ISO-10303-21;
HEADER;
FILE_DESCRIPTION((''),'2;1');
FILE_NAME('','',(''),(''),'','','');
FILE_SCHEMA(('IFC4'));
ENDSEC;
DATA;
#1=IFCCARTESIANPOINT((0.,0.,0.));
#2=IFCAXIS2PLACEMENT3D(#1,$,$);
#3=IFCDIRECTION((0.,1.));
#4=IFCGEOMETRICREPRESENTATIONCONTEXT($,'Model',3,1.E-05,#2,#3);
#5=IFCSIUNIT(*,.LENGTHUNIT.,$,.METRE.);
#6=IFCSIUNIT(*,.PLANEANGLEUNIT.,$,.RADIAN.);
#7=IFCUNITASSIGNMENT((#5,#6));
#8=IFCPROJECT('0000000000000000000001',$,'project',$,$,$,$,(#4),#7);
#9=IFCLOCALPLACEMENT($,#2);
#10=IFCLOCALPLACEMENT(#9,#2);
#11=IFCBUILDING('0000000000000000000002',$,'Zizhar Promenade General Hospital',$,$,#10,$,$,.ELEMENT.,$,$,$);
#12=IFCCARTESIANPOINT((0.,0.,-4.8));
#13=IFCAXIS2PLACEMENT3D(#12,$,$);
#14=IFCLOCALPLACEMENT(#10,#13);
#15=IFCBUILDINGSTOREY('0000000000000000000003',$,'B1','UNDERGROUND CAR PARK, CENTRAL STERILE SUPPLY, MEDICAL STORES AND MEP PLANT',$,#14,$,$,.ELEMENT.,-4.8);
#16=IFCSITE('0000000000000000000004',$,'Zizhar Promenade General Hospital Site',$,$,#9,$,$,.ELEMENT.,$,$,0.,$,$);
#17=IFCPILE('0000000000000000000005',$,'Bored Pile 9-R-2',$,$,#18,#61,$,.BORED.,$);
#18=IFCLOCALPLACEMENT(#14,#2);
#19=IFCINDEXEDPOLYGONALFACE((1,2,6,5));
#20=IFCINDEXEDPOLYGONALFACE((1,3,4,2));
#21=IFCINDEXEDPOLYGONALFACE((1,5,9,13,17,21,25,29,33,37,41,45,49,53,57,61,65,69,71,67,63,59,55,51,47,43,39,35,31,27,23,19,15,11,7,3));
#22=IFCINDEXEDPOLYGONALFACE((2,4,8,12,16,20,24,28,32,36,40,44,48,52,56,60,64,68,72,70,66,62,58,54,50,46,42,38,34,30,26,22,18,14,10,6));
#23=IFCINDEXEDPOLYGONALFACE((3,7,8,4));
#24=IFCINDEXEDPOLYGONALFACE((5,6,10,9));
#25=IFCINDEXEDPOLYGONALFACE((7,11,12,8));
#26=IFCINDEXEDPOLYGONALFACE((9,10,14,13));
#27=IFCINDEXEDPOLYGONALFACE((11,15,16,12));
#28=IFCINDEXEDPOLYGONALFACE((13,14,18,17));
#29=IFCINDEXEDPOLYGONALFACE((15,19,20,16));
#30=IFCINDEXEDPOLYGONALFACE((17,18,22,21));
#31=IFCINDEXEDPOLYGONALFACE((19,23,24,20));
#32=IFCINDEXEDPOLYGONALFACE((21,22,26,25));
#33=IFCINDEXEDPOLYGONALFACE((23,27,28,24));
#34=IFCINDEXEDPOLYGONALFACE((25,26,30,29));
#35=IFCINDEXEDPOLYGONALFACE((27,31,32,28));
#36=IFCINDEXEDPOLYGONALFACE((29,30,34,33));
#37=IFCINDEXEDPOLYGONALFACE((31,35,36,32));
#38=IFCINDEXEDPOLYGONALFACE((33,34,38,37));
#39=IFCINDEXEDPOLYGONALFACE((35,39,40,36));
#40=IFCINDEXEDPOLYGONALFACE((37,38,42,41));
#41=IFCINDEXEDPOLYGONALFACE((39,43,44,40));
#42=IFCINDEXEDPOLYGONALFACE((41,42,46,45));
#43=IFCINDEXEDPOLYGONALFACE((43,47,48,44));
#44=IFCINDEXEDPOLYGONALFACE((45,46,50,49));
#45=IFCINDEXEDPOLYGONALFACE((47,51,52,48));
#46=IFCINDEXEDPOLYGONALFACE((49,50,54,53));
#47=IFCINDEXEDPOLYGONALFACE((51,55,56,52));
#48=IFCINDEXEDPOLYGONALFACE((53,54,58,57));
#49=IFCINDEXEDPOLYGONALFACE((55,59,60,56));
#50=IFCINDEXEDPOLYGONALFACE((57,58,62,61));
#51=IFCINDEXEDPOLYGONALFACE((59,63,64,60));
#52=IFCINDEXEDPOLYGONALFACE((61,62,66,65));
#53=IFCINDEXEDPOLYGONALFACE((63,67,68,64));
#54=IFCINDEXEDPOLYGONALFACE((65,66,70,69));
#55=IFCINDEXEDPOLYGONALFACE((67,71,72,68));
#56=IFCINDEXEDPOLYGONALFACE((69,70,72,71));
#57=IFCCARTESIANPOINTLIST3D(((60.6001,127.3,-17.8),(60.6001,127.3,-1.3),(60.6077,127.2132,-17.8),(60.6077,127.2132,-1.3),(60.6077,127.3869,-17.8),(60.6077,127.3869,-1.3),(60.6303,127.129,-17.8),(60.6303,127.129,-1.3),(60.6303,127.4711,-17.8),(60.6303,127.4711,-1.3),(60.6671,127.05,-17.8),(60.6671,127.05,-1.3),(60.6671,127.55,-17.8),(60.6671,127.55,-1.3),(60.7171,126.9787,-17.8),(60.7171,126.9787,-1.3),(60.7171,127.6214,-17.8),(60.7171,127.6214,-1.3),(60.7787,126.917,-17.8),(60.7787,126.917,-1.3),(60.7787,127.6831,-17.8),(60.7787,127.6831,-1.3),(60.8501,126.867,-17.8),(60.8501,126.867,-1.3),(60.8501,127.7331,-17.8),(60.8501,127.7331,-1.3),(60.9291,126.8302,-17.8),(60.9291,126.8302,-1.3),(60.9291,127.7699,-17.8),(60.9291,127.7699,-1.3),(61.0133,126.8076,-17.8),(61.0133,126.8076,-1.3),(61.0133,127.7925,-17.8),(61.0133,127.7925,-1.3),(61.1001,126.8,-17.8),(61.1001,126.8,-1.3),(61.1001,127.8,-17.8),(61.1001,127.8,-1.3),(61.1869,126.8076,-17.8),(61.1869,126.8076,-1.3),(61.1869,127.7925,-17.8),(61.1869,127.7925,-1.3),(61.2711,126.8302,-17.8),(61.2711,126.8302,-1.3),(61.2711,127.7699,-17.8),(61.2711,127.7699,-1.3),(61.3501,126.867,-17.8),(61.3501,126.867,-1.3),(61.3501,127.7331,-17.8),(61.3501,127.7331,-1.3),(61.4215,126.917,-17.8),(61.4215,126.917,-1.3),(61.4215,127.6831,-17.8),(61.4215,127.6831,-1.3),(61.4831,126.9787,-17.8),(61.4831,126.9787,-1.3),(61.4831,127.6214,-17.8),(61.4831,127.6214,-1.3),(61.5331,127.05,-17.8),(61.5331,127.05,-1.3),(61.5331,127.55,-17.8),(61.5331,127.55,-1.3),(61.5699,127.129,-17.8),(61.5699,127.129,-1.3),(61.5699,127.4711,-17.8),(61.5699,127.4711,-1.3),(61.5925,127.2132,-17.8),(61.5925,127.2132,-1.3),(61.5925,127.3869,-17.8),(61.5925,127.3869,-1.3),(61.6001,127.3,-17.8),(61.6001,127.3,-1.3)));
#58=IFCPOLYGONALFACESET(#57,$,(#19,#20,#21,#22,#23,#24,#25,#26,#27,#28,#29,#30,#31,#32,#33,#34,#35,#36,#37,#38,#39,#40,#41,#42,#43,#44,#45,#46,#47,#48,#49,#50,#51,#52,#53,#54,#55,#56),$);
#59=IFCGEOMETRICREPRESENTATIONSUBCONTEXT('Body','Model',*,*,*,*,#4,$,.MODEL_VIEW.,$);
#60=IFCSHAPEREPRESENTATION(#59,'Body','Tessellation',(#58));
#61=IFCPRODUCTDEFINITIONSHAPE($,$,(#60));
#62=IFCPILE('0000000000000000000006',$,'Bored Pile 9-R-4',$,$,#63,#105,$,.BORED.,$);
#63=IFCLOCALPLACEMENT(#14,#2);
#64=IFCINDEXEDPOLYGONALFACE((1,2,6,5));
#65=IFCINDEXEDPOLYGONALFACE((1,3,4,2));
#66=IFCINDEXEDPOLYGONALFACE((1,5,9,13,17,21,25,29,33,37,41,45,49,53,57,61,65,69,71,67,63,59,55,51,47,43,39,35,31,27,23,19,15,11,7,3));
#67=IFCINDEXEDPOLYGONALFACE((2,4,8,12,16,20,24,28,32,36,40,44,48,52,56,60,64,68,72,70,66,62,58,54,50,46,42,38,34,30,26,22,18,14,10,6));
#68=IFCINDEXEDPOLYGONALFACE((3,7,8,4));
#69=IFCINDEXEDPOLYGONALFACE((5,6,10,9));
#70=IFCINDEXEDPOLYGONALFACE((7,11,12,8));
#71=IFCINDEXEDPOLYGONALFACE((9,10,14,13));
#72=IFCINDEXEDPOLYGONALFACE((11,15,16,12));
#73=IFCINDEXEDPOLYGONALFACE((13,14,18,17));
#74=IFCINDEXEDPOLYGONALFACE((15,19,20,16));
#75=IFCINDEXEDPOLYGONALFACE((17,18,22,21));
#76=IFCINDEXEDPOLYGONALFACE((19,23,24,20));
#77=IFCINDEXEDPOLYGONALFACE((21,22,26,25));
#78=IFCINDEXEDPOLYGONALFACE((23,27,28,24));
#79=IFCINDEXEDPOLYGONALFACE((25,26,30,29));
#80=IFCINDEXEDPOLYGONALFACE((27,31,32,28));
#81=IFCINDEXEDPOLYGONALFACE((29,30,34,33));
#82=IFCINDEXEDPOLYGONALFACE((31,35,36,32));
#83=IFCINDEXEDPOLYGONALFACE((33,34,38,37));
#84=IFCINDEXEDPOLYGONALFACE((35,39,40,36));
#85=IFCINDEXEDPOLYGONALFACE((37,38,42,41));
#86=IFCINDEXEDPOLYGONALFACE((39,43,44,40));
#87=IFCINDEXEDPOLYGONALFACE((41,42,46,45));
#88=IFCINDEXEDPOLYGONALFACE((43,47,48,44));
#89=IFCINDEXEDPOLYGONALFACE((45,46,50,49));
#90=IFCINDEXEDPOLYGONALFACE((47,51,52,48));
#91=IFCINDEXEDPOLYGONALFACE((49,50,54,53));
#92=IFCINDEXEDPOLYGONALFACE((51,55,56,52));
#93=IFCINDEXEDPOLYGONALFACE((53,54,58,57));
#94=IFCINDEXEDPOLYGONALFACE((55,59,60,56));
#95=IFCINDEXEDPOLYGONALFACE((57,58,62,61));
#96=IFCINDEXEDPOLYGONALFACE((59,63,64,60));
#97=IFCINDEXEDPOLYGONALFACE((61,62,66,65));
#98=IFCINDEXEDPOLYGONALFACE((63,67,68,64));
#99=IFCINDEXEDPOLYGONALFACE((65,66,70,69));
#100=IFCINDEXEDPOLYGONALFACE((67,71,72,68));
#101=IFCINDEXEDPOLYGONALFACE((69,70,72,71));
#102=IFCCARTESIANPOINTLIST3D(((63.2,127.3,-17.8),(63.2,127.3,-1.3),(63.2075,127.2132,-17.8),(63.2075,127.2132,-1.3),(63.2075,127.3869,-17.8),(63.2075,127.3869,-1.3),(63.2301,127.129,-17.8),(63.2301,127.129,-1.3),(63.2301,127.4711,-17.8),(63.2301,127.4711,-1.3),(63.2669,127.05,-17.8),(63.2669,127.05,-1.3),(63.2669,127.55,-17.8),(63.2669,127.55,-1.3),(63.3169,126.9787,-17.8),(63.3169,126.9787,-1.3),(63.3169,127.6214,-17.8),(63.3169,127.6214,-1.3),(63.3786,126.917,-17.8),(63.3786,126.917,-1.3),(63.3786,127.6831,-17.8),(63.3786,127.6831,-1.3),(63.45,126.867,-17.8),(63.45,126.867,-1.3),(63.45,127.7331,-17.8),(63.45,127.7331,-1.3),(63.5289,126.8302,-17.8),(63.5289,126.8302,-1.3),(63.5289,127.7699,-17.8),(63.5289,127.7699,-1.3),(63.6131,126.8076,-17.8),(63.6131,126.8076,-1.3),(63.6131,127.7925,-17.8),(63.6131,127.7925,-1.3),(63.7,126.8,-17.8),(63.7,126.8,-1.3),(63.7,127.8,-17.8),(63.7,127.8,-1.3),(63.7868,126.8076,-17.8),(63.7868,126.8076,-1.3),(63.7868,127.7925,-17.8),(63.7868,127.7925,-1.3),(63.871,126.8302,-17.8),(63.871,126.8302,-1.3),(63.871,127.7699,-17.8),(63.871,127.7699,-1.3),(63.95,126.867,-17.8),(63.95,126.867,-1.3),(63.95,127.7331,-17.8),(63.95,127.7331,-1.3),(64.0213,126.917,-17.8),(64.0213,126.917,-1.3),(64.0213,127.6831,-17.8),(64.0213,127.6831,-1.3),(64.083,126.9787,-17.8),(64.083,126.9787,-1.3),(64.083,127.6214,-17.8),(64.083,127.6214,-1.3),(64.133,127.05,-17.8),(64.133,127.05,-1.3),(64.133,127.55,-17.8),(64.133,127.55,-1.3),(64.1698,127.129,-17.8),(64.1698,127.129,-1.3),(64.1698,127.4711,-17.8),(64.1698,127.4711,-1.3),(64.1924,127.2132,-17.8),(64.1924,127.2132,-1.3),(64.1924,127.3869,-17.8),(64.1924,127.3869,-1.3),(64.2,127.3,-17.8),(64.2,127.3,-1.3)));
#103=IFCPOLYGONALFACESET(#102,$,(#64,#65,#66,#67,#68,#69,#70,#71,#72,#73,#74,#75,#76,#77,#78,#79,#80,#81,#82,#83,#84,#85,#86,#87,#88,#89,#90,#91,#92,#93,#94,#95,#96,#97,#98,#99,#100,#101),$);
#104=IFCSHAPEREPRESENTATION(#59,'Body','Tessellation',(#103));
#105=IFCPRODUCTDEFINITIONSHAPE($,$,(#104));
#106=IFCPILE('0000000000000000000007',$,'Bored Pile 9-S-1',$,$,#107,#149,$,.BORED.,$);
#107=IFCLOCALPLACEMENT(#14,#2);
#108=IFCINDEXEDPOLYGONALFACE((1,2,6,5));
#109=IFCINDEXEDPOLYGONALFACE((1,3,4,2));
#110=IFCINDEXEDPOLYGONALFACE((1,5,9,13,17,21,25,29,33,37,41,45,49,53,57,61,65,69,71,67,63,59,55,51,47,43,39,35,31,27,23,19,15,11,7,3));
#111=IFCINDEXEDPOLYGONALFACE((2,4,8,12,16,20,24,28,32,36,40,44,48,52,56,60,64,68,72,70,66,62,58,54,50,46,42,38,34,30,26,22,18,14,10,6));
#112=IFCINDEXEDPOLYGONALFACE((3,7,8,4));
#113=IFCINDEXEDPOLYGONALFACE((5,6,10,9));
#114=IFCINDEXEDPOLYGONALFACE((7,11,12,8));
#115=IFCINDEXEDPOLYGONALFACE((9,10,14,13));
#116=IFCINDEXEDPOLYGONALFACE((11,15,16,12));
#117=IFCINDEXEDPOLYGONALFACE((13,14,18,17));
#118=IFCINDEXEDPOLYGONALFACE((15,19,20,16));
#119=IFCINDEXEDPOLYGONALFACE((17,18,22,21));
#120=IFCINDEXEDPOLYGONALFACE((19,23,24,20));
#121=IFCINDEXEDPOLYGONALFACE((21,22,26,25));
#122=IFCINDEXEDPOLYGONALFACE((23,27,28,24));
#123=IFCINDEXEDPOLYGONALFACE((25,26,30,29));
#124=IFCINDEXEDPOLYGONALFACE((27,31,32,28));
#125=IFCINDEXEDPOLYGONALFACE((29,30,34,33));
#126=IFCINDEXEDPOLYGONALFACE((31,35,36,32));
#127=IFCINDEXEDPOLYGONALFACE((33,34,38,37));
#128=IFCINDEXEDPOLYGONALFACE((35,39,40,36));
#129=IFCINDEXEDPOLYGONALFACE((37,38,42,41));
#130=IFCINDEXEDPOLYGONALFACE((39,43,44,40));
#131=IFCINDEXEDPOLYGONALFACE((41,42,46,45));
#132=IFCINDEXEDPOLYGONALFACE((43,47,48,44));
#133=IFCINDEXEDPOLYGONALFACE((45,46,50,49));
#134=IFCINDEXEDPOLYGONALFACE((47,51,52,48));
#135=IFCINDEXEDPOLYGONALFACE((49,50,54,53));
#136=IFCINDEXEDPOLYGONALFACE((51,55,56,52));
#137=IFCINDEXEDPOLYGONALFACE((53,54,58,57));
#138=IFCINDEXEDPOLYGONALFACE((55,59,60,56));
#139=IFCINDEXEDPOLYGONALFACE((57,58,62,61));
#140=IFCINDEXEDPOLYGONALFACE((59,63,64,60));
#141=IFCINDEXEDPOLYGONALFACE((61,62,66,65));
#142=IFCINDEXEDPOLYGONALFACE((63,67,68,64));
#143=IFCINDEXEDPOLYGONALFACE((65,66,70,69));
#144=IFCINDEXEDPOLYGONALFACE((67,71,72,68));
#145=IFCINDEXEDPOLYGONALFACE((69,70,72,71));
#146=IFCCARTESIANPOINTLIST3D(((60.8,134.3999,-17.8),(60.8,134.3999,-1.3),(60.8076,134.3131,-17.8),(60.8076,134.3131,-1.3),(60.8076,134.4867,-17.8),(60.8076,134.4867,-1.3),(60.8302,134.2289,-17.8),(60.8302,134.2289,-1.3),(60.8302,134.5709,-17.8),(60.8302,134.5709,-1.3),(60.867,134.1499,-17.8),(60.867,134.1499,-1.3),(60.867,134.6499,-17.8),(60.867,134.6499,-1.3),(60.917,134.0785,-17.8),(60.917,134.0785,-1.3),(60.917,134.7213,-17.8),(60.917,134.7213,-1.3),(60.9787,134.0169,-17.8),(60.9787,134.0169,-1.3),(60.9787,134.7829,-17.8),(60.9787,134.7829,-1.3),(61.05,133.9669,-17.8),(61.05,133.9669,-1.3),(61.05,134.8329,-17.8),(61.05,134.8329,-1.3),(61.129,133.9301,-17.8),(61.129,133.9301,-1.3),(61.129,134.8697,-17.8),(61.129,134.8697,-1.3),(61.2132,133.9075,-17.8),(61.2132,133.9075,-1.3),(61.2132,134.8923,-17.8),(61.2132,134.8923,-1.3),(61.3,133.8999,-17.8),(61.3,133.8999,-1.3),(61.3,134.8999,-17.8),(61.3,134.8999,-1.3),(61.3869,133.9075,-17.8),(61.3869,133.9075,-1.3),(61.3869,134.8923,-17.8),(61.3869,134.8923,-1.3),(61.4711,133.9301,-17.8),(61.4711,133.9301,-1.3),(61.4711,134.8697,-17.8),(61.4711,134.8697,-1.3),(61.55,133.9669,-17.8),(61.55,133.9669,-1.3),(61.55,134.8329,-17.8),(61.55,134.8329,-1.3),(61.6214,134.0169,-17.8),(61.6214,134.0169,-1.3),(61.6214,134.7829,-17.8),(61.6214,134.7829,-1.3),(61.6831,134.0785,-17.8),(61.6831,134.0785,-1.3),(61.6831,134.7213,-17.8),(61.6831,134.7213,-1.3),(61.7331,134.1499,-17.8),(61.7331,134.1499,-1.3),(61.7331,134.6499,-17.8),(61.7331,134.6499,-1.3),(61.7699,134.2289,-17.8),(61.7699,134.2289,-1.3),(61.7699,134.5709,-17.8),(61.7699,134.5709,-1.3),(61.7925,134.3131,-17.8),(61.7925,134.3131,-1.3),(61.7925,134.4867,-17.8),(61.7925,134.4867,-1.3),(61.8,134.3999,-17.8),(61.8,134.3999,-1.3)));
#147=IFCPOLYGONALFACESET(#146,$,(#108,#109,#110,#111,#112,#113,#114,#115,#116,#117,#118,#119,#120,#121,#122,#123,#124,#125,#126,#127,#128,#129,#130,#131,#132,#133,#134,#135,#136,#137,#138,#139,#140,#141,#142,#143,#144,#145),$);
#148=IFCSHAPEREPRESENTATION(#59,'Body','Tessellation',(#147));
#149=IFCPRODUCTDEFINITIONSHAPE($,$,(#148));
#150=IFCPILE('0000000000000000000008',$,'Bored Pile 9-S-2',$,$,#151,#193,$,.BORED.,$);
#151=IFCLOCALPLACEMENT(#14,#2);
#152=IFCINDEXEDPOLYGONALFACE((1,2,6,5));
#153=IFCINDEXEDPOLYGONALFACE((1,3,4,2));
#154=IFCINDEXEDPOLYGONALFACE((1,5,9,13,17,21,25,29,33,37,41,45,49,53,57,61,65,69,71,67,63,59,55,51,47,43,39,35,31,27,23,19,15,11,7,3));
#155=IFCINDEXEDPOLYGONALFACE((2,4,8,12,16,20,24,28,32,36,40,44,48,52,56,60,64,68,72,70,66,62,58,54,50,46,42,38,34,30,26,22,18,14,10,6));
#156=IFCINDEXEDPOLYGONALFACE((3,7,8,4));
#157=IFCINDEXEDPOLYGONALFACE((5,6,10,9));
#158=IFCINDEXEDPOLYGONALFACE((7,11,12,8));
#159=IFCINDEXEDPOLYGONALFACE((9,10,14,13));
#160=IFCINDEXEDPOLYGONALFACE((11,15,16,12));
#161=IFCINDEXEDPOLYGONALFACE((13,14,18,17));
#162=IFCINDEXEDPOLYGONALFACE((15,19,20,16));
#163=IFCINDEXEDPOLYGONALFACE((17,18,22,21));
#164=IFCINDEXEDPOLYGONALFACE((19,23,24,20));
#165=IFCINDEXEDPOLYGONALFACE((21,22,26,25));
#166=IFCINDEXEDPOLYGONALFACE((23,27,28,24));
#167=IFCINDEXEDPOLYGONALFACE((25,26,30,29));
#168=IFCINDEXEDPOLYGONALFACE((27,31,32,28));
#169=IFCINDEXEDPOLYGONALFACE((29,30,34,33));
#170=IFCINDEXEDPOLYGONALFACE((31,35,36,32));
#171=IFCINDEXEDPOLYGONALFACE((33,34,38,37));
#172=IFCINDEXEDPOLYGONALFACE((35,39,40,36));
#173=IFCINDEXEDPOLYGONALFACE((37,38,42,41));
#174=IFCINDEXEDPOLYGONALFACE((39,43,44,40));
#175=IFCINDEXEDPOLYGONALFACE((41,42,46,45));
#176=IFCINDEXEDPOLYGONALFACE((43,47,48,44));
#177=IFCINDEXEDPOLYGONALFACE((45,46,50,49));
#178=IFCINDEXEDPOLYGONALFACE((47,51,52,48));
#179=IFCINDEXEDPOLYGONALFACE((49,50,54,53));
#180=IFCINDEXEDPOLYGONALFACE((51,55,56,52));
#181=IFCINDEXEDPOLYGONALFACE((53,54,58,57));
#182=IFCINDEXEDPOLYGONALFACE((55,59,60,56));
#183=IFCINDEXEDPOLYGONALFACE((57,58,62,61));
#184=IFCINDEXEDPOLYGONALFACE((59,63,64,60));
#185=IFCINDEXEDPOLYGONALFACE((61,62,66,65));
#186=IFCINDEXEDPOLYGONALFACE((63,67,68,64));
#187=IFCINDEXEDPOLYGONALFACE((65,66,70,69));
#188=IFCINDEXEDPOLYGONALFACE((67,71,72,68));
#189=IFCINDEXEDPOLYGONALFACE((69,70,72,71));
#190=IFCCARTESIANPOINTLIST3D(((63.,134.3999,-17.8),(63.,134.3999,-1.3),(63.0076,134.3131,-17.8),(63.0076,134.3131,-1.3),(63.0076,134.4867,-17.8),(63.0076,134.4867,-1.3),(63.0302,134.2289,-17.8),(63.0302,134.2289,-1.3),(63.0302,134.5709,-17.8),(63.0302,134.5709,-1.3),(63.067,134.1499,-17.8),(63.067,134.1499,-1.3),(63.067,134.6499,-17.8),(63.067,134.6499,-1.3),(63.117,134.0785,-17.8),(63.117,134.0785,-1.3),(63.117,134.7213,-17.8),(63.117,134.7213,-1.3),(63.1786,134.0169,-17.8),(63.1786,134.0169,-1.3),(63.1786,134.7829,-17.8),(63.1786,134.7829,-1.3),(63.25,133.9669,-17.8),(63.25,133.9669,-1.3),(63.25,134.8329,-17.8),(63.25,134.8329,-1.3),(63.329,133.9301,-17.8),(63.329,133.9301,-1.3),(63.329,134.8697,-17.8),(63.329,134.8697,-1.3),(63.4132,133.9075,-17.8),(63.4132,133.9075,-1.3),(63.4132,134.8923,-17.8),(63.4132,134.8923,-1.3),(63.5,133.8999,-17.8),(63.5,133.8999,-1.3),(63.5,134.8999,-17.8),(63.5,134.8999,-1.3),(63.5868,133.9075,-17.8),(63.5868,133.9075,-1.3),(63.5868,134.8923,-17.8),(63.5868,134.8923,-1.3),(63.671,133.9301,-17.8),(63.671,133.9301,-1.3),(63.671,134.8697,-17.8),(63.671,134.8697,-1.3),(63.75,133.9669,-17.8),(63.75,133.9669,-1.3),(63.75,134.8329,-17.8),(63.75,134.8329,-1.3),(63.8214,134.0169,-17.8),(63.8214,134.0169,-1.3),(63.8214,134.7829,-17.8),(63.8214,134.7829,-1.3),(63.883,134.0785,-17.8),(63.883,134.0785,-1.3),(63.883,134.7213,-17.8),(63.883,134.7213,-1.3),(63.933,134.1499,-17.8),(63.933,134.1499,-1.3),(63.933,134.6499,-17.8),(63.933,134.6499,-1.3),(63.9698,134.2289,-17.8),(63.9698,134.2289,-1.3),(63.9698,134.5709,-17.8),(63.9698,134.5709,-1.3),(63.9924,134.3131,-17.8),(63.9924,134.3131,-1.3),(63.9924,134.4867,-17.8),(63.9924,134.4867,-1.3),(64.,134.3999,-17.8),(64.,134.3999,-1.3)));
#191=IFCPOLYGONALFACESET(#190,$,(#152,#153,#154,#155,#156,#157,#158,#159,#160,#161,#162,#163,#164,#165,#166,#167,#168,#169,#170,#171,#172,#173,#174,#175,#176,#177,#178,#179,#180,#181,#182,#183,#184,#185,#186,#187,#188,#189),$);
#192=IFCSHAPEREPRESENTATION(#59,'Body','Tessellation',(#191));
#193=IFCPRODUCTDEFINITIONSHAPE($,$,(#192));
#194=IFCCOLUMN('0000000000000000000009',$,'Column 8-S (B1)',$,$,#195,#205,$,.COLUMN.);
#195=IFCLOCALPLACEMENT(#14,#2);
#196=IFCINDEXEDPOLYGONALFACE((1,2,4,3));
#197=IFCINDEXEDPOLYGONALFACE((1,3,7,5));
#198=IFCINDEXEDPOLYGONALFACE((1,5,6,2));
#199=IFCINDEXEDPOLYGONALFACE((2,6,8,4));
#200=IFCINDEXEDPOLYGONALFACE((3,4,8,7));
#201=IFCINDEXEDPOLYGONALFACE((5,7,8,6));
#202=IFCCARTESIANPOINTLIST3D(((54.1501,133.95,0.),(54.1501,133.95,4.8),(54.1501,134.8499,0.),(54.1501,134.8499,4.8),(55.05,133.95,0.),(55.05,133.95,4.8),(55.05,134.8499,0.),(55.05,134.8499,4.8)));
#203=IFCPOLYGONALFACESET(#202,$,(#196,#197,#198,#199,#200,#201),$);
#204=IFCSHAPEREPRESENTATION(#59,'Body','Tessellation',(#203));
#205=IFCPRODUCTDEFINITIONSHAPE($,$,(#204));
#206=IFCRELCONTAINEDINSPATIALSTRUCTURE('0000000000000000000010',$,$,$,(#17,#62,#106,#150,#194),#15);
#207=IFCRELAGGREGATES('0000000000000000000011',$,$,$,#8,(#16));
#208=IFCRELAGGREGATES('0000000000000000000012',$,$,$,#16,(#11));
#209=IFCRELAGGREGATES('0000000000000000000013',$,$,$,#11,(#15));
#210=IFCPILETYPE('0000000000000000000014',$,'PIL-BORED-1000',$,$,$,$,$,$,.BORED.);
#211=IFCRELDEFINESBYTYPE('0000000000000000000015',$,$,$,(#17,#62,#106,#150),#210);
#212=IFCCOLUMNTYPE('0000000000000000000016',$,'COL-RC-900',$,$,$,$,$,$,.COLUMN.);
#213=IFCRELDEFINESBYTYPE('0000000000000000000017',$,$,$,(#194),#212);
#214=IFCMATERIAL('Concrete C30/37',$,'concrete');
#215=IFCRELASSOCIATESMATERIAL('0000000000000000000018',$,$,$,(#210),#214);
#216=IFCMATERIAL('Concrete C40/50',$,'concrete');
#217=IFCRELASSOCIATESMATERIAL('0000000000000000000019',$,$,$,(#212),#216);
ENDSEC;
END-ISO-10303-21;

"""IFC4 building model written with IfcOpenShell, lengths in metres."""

from ifc_helpers import new_model, si_unit, direction, frame, origin, origin_2d, place, context, subcontext, project, spatial, rectangle, circle, extrude, material, material_profile, profile_set, type_object, element, save


model = new_model("IFC4")

# Units and contexts
model_context = context("Model", 3, precision=1e-05, world=origin(), true_north=direction((0.0, 1.0)))
body_context = subcontext(model_context, "Body", "Model", "MODEL_VIEW")
ifc_project = project(units=[si_unit("LENGTHUNIT", "METRE"), si_unit("PLANEANGLEUNIT", "RADIAN")], contexts=[model_context])

# Site, building, storey
site_placement = place(None, origin())
site = spatial("IfcSite", under=ifc_project, at=site_placement, Name="Zizhar Promenade General Hospital Site", CompositionType="ELEMENT", RefElevation=0.0)
building_placement = place(site_placement, origin())
building = spatial("IfcBuilding", under=site, at=building_placement, Name="Zizhar Promenade General Hospital", CompositionType="ELEMENT")
storey_placement = place(building_placement, frame((0.0, 0.0, -4.8)))
storey = spatial("IfcBuildingStorey", under=building, at=storey_placement, Name="B1", Description="UNDERGROUND CAR PARK, CENTRAL STERILE SUPPLY, MEDICAL STORES AND MEP PLANT", CompositionType="ELEMENT", Elevation=-4.8)

# Piles
ifc_material_1 = material(Name="Concrete C30/37", Category="concrete")
ifc_material_profile_1 = material_profile(ifc_material_1, circle(Radius=0.5, at=origin_2d()))
ifc_profile_set_1 = profile_set([ifc_material_profile_1], Name="Concrete C30/37")
pile_type = type_object("IfcPileType", Name="PIL-BORED-1000", PredefinedType="BORED", material=ifc_profile_set_1)
for number, where, z_axis, x_axis, name in (
    (1, (61.1001, 127.3, -1.3), (0.0, 0.0, -1.0), (1.0, 0.0, 0.0), "Bored Pile 9-R-2"),
    (2, (63.7, 127.3, -1.3), (0.0, 0.0, -1.0), (1.0, 0.0, 0.0), "Bored Pile 9-R-4"),
    (3, (61.3, 134.3999, -1.3), (0.0, 0.0, -1.0), (1.0, 0.0, 0.0), "Bored Pile 9-S-1"),
    (4, (63.5, 134.3999, -1.3), (0.0, 0.0, -1.0), (1.0, 0.0, 0.0), "Bored Pile 9-S-2"),
):
    element("IfcPile", number, at=place(storey_placement, frame(where, z_axis=z_axis, x_axis=x_axis)), inside=storey, type_object=pile_type, Name=name, PredefinedType="BORED", context=body_context, shape_type="SweptSolid", body=[
        extrude(circle(Radius=0.5, at=origin_2d()), origin(), (0.0, 0.0, 1.0), 16.5),
    ])

# Column
ifc_material_2 = material(Name="Concrete C40/50", Category="concrete")
ifc_material_profile_2 = material_profile(ifc_material_2, rectangle(XDim=0.8999, YDim=0.8999, at=origin_2d()))
ifc_profile_set_2 = profile_set([ifc_material_profile_2], Name="Concrete C40/50")
column_type = type_object("IfcColumnType", Name="COL-RC-900", PredefinedType="COLUMN", material=ifc_profile_set_2)
for number, where, z_axis, x_axis, name in (
    (5, (54.6001, 134.3999, 0.0), (0.0, 0.0, 1.0), (1.0, 0.0, 0.0), "Column 8-S (B1)"),
):
    element("IfcColumn", number, at=place(storey_placement, frame(where, z_axis=z_axis, x_axis=x_axis)), inside=storey, type_object=column_type, Name=name, PredefinedType="COLUMN", context=body_context, shape_type="SweptSolid", body=[
        extrude(rectangle(XDim=0.8999, YDim=0.8999, at=origin_2d()), origin(), (0.0, 0.0, 1.0), 4.8),
    ])

save(model, "model.ifc")
